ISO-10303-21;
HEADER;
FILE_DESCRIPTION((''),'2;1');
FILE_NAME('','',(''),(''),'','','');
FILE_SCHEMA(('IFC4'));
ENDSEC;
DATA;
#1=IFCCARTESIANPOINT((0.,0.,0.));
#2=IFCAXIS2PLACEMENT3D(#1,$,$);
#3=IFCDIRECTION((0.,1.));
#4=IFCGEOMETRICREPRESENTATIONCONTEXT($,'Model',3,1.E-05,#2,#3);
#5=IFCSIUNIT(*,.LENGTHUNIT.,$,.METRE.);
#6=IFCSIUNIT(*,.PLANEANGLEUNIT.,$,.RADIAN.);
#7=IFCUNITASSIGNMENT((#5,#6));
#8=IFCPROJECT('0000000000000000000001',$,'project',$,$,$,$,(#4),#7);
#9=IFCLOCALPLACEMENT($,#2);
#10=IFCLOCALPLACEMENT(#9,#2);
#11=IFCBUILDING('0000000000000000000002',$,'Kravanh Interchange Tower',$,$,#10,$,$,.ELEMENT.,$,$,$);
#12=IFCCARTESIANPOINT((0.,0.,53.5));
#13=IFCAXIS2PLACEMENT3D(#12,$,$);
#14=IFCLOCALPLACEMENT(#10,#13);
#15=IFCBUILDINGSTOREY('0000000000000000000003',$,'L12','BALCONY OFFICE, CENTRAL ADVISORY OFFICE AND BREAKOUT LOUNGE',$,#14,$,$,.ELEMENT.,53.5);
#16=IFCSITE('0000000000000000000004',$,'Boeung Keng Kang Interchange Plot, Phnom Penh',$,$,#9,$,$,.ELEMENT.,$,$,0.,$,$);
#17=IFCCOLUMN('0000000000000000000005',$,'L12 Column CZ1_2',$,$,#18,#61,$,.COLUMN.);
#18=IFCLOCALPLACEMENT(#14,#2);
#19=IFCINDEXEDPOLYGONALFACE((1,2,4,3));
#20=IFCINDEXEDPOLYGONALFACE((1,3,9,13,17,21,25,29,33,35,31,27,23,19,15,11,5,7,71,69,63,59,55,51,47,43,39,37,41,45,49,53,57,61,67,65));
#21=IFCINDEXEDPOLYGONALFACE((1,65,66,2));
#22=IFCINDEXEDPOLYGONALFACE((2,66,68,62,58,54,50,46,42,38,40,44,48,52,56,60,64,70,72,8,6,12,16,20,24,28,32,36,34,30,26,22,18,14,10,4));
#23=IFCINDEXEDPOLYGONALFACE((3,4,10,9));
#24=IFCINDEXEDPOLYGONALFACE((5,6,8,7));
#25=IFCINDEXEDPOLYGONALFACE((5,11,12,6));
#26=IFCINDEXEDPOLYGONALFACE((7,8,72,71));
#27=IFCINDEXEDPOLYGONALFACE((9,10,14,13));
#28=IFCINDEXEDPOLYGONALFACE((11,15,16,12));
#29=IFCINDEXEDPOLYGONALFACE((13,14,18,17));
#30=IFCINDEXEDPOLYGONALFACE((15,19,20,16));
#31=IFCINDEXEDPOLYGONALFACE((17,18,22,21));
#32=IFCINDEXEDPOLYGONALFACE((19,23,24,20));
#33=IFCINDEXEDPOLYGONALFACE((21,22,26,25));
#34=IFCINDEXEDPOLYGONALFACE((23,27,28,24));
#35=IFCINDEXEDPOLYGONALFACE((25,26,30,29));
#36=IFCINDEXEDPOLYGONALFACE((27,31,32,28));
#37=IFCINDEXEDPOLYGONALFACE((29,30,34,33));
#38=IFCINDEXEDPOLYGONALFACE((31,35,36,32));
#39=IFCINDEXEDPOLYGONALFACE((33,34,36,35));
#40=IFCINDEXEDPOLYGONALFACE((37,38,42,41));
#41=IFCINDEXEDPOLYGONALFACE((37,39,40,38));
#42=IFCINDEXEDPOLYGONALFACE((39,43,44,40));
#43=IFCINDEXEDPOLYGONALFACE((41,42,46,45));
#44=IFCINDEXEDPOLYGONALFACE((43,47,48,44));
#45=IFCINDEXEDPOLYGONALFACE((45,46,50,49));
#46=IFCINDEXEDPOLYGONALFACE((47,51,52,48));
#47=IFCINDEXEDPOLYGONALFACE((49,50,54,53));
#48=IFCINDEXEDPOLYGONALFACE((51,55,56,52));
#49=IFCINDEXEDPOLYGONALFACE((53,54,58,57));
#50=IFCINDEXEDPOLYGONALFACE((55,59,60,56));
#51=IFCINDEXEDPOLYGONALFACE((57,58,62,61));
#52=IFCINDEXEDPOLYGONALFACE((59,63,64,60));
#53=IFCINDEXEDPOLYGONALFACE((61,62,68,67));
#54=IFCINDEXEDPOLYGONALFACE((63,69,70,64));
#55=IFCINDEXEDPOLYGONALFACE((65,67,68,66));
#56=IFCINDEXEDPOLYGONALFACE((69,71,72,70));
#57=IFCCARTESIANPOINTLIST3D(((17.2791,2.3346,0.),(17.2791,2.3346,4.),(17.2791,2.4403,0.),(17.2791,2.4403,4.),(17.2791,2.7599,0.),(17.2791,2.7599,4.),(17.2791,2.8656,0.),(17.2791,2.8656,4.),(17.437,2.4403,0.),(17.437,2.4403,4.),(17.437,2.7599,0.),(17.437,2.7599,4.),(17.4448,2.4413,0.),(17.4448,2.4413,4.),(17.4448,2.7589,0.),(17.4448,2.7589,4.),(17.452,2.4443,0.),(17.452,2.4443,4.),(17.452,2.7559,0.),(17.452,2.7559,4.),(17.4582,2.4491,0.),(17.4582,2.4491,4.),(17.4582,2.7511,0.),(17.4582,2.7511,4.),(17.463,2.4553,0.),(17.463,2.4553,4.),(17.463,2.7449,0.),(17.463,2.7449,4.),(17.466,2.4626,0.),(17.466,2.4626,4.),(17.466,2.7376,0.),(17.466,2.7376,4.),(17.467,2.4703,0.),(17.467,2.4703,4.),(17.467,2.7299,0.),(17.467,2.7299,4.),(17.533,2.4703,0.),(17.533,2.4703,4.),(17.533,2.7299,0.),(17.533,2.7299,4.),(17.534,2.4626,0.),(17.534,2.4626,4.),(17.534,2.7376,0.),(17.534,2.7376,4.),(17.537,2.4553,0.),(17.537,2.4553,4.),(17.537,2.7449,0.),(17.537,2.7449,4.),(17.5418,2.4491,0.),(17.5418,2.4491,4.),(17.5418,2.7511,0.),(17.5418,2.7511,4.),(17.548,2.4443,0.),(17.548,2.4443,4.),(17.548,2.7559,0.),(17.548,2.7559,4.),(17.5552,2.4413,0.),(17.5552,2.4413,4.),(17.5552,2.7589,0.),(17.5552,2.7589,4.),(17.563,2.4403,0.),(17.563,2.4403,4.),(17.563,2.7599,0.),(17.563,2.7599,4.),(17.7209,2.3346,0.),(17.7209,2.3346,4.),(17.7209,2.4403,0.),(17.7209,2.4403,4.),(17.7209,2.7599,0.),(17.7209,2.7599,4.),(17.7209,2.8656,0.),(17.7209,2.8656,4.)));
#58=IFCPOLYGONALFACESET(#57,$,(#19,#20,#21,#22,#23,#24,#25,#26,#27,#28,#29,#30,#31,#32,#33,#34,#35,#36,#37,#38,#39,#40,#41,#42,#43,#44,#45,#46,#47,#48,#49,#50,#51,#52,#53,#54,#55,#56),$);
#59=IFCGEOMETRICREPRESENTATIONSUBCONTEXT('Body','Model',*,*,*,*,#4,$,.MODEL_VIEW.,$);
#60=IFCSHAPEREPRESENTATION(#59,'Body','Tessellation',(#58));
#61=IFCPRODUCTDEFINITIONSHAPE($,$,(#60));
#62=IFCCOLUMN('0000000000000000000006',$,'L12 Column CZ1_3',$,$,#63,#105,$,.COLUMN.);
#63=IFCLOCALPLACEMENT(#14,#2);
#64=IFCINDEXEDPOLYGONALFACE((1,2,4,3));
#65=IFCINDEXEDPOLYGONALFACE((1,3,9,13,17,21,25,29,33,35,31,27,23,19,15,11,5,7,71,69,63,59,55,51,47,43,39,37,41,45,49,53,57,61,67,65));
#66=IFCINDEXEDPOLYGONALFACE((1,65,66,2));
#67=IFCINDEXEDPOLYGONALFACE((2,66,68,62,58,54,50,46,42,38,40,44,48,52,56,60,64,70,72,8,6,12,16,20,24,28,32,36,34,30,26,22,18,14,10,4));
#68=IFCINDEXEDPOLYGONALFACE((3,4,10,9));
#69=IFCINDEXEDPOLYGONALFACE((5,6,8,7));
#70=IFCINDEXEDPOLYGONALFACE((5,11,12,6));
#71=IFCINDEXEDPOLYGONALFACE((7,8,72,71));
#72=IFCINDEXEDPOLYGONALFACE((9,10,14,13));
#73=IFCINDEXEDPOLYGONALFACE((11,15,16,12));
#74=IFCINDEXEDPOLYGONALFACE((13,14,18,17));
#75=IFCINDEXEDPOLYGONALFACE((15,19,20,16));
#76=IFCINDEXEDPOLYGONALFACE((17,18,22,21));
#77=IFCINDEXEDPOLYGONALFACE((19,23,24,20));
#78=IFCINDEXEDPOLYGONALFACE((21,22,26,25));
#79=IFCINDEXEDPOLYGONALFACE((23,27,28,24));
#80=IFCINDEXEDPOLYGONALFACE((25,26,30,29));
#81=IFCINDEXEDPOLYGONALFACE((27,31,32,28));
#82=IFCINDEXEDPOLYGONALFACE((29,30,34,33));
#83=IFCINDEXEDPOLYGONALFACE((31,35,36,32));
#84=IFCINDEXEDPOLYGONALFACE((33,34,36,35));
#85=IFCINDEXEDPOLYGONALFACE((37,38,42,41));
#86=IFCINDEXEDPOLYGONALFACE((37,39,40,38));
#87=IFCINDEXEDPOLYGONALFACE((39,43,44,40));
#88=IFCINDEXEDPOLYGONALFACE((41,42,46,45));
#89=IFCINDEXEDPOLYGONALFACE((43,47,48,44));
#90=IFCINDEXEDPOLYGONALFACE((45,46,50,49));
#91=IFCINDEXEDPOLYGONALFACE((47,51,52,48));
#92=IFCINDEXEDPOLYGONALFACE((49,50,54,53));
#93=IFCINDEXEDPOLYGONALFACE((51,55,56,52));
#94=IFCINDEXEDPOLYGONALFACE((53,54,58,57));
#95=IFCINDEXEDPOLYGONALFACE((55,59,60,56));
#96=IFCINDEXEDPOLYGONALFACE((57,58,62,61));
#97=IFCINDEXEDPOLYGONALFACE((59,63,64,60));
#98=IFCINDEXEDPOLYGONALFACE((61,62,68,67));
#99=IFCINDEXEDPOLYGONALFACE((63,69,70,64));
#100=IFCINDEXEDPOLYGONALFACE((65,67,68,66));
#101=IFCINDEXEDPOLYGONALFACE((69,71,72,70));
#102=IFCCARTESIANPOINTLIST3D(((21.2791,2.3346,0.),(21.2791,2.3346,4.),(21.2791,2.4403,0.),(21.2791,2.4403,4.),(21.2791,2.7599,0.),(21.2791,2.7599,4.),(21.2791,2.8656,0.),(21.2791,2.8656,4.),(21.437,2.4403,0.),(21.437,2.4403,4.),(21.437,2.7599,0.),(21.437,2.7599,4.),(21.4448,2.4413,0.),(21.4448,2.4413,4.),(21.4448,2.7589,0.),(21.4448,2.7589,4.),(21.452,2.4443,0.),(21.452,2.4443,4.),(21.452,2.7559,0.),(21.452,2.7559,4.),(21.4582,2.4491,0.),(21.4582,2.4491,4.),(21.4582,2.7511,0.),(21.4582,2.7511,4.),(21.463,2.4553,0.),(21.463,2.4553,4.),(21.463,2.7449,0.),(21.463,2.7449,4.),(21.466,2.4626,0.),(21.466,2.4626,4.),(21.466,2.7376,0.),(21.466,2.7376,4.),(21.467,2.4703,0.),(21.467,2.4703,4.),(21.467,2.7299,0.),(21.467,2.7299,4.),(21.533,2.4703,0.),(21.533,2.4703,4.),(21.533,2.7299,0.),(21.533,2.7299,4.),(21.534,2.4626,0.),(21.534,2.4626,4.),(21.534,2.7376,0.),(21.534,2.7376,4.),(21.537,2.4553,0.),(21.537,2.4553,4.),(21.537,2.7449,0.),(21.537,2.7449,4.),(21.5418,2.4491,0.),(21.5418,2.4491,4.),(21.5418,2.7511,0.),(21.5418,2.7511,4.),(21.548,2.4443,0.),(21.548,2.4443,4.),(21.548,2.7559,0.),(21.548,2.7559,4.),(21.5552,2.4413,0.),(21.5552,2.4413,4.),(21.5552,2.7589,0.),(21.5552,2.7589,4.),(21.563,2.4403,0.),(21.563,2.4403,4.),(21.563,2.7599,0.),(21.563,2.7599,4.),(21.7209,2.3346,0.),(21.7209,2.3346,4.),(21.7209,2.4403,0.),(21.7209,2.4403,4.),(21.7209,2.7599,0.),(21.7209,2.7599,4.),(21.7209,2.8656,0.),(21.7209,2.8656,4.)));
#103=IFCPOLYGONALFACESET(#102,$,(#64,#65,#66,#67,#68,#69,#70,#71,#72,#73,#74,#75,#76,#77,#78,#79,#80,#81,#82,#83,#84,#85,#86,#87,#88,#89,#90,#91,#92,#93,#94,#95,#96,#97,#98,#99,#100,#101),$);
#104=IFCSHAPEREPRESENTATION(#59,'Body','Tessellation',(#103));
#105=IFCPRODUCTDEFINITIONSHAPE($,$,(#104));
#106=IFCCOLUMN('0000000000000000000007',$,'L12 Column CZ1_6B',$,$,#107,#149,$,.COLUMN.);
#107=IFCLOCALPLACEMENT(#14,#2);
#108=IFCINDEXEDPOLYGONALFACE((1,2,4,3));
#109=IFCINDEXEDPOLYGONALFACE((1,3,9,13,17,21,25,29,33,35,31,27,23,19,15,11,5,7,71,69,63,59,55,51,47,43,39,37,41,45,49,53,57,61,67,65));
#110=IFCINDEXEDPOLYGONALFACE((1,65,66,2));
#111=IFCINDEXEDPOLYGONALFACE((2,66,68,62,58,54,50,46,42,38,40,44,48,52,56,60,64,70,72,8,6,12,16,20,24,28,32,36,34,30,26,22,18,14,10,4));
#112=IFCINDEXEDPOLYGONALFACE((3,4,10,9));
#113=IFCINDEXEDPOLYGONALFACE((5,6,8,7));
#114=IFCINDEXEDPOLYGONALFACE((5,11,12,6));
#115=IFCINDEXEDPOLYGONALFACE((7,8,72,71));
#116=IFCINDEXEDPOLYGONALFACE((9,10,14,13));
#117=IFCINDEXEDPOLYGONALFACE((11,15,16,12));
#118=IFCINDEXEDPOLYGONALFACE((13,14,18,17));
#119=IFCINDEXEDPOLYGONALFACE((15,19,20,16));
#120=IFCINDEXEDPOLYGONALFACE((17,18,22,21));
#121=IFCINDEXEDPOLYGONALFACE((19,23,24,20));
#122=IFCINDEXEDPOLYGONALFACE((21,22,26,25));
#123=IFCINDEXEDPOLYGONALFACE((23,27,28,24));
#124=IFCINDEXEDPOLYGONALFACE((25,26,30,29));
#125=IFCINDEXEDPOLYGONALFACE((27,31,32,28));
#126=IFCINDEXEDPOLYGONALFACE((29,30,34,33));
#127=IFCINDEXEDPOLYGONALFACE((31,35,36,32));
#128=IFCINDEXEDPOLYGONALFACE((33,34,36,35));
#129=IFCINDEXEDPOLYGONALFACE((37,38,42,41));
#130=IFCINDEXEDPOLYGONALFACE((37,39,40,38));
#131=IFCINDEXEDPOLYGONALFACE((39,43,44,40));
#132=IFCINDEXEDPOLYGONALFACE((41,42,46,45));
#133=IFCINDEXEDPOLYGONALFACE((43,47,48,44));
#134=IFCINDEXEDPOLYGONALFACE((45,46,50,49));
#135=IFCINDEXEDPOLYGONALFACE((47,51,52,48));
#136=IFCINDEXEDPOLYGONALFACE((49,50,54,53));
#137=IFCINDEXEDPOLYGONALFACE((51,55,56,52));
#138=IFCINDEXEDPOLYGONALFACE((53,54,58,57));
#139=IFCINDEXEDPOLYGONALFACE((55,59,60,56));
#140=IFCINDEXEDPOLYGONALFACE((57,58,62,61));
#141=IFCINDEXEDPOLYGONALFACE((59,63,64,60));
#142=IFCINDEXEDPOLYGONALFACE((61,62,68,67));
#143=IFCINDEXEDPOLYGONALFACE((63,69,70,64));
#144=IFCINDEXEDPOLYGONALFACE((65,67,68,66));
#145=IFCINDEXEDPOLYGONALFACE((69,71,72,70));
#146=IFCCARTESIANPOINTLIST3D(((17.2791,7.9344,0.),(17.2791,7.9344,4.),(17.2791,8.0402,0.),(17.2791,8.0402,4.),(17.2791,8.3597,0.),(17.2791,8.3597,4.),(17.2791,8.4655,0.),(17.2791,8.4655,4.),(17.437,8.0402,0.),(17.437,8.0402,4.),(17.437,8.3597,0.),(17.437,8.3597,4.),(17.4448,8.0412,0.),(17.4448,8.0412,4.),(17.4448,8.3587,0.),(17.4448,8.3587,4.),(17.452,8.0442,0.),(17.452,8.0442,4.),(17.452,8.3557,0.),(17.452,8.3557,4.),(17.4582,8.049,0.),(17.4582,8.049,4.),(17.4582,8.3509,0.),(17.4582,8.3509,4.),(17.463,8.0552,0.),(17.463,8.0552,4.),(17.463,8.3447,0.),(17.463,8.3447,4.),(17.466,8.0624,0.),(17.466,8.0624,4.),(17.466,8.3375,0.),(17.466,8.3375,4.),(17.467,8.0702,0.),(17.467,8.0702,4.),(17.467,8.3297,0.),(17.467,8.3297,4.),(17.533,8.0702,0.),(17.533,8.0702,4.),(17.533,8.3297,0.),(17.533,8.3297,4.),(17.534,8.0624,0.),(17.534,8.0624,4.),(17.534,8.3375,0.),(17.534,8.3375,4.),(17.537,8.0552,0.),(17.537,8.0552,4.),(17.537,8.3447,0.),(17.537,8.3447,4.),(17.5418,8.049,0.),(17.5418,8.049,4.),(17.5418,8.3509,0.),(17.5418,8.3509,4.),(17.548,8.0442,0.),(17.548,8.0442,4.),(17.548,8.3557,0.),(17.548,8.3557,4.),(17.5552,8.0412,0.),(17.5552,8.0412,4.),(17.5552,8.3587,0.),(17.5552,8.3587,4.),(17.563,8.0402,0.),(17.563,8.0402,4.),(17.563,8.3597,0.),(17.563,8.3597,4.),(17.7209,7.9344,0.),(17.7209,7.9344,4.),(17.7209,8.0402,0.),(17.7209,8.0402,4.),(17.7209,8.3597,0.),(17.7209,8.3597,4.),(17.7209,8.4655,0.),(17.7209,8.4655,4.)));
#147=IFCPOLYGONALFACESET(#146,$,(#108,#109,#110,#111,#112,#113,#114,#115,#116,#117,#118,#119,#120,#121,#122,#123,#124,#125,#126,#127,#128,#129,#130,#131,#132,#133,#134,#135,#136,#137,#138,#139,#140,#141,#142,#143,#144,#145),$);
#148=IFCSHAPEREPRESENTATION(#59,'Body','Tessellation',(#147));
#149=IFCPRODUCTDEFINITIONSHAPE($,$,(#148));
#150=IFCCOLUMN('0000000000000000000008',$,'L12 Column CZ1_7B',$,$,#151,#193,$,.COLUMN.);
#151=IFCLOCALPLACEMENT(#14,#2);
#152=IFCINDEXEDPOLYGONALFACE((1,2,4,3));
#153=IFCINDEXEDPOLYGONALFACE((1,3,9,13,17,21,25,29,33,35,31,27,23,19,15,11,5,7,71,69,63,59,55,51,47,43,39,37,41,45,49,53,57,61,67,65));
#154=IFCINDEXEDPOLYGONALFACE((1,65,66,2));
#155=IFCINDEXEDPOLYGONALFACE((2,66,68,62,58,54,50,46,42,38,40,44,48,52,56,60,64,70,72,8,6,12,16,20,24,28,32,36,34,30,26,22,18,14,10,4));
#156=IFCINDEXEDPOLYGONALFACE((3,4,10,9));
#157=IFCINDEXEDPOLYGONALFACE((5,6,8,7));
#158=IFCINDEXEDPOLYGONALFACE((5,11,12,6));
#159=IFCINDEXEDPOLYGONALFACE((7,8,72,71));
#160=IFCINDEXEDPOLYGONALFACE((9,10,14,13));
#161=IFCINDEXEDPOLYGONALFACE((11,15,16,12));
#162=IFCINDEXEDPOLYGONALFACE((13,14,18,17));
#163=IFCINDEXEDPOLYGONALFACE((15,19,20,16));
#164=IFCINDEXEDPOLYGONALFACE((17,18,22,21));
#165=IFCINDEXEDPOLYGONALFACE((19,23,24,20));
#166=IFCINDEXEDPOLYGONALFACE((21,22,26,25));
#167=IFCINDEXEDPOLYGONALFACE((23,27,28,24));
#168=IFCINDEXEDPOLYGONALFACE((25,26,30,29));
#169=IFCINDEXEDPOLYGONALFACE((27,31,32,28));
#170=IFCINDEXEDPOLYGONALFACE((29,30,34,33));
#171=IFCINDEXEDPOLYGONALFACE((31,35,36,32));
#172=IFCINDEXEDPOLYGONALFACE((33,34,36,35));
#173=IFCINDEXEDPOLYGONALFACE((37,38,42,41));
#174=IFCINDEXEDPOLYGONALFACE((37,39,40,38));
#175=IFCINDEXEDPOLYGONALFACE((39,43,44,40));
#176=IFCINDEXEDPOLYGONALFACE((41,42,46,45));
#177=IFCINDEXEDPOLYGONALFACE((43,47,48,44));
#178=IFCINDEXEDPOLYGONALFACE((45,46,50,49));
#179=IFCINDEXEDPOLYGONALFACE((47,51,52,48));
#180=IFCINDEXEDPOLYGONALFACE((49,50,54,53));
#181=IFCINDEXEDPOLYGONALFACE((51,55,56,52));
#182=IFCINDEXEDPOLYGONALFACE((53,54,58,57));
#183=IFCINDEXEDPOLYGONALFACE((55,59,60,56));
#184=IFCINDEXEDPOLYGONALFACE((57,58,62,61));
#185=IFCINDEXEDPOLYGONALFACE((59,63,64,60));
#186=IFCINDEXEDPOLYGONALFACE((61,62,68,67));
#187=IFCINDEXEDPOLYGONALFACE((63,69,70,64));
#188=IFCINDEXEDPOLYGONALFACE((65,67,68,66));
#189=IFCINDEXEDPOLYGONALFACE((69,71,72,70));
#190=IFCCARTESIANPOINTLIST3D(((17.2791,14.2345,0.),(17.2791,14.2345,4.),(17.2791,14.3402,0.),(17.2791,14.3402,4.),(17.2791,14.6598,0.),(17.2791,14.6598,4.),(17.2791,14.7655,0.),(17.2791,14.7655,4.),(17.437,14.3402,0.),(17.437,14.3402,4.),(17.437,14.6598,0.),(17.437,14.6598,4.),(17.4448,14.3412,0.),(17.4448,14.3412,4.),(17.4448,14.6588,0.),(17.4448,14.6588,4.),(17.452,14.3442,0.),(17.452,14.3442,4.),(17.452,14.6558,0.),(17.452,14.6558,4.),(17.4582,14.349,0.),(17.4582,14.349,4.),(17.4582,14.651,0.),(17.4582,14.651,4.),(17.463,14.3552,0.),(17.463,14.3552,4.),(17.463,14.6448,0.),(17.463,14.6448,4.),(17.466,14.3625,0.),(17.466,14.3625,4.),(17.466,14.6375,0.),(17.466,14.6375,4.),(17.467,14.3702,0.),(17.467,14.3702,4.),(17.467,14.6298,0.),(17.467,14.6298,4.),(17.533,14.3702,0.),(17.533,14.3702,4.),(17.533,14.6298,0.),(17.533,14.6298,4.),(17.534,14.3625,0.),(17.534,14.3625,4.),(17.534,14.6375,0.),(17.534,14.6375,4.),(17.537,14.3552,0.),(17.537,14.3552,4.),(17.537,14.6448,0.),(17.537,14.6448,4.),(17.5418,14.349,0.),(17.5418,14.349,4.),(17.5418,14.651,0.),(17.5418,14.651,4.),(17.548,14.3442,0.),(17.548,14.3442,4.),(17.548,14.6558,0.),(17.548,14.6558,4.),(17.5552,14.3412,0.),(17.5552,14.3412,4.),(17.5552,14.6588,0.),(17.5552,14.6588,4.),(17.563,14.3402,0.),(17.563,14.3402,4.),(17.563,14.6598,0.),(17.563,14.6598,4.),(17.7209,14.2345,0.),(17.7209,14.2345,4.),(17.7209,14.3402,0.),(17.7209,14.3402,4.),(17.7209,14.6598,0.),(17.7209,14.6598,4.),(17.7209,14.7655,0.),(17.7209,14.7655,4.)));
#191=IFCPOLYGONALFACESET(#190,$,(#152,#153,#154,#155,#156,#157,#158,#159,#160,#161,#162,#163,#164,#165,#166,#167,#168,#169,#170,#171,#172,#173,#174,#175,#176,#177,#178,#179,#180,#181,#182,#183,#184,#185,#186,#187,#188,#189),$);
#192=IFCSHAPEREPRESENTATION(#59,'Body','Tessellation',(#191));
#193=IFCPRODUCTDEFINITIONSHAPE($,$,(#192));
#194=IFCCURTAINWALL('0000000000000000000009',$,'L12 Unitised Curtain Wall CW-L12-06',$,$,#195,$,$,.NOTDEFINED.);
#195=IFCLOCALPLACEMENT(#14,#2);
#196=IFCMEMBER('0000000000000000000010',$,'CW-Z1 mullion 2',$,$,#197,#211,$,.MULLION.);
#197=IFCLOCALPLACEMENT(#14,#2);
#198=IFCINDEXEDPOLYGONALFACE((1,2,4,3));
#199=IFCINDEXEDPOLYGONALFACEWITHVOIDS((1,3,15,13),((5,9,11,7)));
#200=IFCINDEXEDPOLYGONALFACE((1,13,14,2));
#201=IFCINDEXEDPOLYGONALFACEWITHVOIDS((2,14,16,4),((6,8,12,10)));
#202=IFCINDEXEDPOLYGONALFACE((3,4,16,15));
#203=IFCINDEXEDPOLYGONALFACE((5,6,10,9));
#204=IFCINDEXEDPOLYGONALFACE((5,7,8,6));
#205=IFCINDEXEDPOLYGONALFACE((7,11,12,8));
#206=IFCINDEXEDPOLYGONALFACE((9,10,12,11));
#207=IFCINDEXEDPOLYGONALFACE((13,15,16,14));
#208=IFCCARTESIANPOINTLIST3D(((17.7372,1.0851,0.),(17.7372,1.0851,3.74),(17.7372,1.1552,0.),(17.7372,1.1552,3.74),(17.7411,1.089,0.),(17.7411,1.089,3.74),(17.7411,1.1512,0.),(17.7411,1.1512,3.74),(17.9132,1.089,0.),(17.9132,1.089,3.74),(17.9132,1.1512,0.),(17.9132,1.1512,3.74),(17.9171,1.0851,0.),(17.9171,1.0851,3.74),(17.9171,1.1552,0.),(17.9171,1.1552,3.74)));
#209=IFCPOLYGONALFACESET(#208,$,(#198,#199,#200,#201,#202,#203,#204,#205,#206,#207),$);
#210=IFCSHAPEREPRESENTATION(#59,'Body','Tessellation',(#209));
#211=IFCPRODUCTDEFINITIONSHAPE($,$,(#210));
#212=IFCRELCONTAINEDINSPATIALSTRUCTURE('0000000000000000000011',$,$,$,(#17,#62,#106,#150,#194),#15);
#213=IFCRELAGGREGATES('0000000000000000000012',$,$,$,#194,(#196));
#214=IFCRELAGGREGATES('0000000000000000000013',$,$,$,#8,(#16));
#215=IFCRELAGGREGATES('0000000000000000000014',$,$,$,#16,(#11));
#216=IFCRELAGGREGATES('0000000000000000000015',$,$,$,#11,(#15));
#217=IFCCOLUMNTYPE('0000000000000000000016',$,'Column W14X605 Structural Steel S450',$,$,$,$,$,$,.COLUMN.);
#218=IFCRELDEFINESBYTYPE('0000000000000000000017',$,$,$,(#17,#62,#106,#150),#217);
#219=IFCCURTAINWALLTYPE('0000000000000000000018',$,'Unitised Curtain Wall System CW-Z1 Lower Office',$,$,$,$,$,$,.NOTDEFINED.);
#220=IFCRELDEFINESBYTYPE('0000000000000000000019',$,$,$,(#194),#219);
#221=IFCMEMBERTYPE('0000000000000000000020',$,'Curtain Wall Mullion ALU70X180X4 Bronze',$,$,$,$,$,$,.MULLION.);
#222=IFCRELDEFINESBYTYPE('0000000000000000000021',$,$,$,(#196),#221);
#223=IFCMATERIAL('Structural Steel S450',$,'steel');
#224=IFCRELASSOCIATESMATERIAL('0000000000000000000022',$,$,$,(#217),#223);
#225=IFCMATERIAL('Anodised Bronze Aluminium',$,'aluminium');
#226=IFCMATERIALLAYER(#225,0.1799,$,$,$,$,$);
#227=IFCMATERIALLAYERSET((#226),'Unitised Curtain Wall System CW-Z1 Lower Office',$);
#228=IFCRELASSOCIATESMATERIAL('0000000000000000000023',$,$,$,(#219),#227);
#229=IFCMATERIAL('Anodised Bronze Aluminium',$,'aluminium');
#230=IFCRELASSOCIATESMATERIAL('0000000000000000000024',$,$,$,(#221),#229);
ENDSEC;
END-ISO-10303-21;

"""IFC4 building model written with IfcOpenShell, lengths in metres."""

from ifc_helpers import new_model, si_unit, direction, frame, origin, origin_2d, place, context, subcontext, project, spatial, hollow_rectangle, i_section, extrude, material, layer, layer_set, material_profile, profile_set, type_object, element, aggregate, save


model = new_model("IFC4")

# Units and contexts
model_context = context("Model", 3, precision=1e-05, world=origin(), true_north=direction((0.0, 1.0)))
body_context = subcontext(model_context, "Body", "Model", "MODEL_VIEW")
ifc_project = project(units=[si_unit("LENGTHUNIT", "METRE"), si_unit("PLANEANGLEUNIT", "RADIAN")], contexts=[model_context])

# Site, building, storey
site_placement = place(None, origin())
site = spatial("IfcSite", under=ifc_project, at=site_placement, Name="Boeung Keng Kang Interchange Plot, Phnom Penh", CompositionType="ELEMENT", RefElevation=0.0)
building_placement = place(site_placement, origin())
building = spatial("IfcBuilding", under=site, at=building_placement, Name="Kravanh Interchange Tower", CompositionType="ELEMENT")
storey_placement = place(building_placement, frame((0.0, 0.0, 53.5)))
storey = spatial("IfcBuildingStorey", under=building, at=storey_placement, Name="L12", Description="BALCONY OFFICE, CENTRAL ADVISORY OFFICE AND BREAKOUT LOUNGE", CompositionType="ELEMENT", Elevation=53.5)

# Columns
ifc_material_1 = material(Name="Structural Steel S450", Category="steel")
ifc_material_profile_1 = material_profile(ifc_material_1, i_section(OverallWidth=0.4419, OverallDepth=0.531, WebThickness=0.0659, FlangeThickness=0.1057, FilletRadius=0.03, at=origin_2d()), Name="W14X605")
ifc_profile_set_1 = profile_set([ifc_material_profile_1], Name="Structural Steel S450")
column_type = type_object("IfcColumnType", Name="Column W14X605 Structural Steel S450", PredefinedType="COLUMN", material=ifc_profile_set_1)
for number, where, z_axis, x_axis, name in (
    (1, (17.5, 2.6001, 0.0), (0.0, 0.0, 1.0), (1.0, 0.0, 0.0), "L12 Column CZ1_2"),
    (2, (21.5, 2.6001, 0.0), (0.0, 0.0, 1.0), (1.0, 0.0, 0.0), "L12 Column CZ1_3"),
    (3, (17.5, 8.2, 0.0), (0.0, 0.0, 1.0), (1.0, 0.0, 0.0), "L12 Column CZ1_6B"),
    (4, (17.5, 14.5, 0.0), (0.0, 0.0, 1.0), (1.0, 0.0, 0.0), "L12 Column CZ1_7B"),
):
    element("IfcColumn", number, at=place(storey_placement, frame(where, z_axis=z_axis, x_axis=x_axis)), inside=storey, type_object=column_type, Name=name, PredefinedType="COLUMN", context=body_context, shape_type="SweptSolid", body=[
        extrude(i_section(OverallWidth=0.4419, OverallDepth=0.531, WebThickness=0.0659, FlangeThickness=0.1057, FilletRadius=0.03, at=origin_2d()), origin(), (0.0, 0.0, 1.0), 4.0),
    ])

# Curtain wall, member
ifc_material_2 = material(Name="Anodised Bronze Aluminium", Category="aluminium")
ifc_layer_1 = layer(ifc_material_2, 0.1799)
ifc_layer_set_1 = layer_set([ifc_layer_1], Name="Unitised Curtain Wall System CW-Z1 Lower Office")
curtain_wall_type = type_object("IfcCurtainWallType", Name="Unitised Curtain Wall System CW-Z1 Lower Office", PredefinedType="NOTDEFINED", material=ifc_layer_set_1)
curtain_wall_placement = place(storey_placement, origin())
curtain_wall = element("IfcCurtainWall", 5, at=curtain_wall_placement, inside=storey, type_object=curtain_wall_type, Name="L12 Unitised Curtain Wall CW-L12-06", PredefinedType="NOTDEFINED")
ifc_material_3 = material(Name="Anodised Bronze Aluminium", Category="aluminium")
ifc_material_profile_2 = material_profile(ifc_material_3, hollow_rectangle(XDim=0.0701, YDim=0.1799, WallThickness=0.0039, at=origin_2d()), Name="ALU70X180X4")
ifc_profile_set_2 = profile_set([ifc_material_profile_2], Name="Anodised Bronze Aluminium")
member_type_1 = type_object("IfcMemberType", Name="Curtain Wall Mullion ALU70X180X4 Bronze", PredefinedType="MULLION", material=ifc_profile_set_2)
member_1_placement = place(storey_placement, frame((17.8271, 1.1201, 0.0), z_axis=(0.0, 0.0, 1.0), x_axis=(0.0, -1.0, 0.0)))
member_1 = element("IfcMember", 6, at=member_1_placement, type_object=member_type_1, Name="CW-Z1 mullion 2", PredefinedType="MULLION", context=body_context, shape_type="SweptSolid", body=[
    extrude(hollow_rectangle(XDim=0.0701, YDim=0.1799, WallThickness=0.0039, at=origin_2d()), origin(), (0.0, 0.0, 1.0), 3.74),
])

aggregate(curtain_wall, [member_1])

save(model, "model.ifc")
